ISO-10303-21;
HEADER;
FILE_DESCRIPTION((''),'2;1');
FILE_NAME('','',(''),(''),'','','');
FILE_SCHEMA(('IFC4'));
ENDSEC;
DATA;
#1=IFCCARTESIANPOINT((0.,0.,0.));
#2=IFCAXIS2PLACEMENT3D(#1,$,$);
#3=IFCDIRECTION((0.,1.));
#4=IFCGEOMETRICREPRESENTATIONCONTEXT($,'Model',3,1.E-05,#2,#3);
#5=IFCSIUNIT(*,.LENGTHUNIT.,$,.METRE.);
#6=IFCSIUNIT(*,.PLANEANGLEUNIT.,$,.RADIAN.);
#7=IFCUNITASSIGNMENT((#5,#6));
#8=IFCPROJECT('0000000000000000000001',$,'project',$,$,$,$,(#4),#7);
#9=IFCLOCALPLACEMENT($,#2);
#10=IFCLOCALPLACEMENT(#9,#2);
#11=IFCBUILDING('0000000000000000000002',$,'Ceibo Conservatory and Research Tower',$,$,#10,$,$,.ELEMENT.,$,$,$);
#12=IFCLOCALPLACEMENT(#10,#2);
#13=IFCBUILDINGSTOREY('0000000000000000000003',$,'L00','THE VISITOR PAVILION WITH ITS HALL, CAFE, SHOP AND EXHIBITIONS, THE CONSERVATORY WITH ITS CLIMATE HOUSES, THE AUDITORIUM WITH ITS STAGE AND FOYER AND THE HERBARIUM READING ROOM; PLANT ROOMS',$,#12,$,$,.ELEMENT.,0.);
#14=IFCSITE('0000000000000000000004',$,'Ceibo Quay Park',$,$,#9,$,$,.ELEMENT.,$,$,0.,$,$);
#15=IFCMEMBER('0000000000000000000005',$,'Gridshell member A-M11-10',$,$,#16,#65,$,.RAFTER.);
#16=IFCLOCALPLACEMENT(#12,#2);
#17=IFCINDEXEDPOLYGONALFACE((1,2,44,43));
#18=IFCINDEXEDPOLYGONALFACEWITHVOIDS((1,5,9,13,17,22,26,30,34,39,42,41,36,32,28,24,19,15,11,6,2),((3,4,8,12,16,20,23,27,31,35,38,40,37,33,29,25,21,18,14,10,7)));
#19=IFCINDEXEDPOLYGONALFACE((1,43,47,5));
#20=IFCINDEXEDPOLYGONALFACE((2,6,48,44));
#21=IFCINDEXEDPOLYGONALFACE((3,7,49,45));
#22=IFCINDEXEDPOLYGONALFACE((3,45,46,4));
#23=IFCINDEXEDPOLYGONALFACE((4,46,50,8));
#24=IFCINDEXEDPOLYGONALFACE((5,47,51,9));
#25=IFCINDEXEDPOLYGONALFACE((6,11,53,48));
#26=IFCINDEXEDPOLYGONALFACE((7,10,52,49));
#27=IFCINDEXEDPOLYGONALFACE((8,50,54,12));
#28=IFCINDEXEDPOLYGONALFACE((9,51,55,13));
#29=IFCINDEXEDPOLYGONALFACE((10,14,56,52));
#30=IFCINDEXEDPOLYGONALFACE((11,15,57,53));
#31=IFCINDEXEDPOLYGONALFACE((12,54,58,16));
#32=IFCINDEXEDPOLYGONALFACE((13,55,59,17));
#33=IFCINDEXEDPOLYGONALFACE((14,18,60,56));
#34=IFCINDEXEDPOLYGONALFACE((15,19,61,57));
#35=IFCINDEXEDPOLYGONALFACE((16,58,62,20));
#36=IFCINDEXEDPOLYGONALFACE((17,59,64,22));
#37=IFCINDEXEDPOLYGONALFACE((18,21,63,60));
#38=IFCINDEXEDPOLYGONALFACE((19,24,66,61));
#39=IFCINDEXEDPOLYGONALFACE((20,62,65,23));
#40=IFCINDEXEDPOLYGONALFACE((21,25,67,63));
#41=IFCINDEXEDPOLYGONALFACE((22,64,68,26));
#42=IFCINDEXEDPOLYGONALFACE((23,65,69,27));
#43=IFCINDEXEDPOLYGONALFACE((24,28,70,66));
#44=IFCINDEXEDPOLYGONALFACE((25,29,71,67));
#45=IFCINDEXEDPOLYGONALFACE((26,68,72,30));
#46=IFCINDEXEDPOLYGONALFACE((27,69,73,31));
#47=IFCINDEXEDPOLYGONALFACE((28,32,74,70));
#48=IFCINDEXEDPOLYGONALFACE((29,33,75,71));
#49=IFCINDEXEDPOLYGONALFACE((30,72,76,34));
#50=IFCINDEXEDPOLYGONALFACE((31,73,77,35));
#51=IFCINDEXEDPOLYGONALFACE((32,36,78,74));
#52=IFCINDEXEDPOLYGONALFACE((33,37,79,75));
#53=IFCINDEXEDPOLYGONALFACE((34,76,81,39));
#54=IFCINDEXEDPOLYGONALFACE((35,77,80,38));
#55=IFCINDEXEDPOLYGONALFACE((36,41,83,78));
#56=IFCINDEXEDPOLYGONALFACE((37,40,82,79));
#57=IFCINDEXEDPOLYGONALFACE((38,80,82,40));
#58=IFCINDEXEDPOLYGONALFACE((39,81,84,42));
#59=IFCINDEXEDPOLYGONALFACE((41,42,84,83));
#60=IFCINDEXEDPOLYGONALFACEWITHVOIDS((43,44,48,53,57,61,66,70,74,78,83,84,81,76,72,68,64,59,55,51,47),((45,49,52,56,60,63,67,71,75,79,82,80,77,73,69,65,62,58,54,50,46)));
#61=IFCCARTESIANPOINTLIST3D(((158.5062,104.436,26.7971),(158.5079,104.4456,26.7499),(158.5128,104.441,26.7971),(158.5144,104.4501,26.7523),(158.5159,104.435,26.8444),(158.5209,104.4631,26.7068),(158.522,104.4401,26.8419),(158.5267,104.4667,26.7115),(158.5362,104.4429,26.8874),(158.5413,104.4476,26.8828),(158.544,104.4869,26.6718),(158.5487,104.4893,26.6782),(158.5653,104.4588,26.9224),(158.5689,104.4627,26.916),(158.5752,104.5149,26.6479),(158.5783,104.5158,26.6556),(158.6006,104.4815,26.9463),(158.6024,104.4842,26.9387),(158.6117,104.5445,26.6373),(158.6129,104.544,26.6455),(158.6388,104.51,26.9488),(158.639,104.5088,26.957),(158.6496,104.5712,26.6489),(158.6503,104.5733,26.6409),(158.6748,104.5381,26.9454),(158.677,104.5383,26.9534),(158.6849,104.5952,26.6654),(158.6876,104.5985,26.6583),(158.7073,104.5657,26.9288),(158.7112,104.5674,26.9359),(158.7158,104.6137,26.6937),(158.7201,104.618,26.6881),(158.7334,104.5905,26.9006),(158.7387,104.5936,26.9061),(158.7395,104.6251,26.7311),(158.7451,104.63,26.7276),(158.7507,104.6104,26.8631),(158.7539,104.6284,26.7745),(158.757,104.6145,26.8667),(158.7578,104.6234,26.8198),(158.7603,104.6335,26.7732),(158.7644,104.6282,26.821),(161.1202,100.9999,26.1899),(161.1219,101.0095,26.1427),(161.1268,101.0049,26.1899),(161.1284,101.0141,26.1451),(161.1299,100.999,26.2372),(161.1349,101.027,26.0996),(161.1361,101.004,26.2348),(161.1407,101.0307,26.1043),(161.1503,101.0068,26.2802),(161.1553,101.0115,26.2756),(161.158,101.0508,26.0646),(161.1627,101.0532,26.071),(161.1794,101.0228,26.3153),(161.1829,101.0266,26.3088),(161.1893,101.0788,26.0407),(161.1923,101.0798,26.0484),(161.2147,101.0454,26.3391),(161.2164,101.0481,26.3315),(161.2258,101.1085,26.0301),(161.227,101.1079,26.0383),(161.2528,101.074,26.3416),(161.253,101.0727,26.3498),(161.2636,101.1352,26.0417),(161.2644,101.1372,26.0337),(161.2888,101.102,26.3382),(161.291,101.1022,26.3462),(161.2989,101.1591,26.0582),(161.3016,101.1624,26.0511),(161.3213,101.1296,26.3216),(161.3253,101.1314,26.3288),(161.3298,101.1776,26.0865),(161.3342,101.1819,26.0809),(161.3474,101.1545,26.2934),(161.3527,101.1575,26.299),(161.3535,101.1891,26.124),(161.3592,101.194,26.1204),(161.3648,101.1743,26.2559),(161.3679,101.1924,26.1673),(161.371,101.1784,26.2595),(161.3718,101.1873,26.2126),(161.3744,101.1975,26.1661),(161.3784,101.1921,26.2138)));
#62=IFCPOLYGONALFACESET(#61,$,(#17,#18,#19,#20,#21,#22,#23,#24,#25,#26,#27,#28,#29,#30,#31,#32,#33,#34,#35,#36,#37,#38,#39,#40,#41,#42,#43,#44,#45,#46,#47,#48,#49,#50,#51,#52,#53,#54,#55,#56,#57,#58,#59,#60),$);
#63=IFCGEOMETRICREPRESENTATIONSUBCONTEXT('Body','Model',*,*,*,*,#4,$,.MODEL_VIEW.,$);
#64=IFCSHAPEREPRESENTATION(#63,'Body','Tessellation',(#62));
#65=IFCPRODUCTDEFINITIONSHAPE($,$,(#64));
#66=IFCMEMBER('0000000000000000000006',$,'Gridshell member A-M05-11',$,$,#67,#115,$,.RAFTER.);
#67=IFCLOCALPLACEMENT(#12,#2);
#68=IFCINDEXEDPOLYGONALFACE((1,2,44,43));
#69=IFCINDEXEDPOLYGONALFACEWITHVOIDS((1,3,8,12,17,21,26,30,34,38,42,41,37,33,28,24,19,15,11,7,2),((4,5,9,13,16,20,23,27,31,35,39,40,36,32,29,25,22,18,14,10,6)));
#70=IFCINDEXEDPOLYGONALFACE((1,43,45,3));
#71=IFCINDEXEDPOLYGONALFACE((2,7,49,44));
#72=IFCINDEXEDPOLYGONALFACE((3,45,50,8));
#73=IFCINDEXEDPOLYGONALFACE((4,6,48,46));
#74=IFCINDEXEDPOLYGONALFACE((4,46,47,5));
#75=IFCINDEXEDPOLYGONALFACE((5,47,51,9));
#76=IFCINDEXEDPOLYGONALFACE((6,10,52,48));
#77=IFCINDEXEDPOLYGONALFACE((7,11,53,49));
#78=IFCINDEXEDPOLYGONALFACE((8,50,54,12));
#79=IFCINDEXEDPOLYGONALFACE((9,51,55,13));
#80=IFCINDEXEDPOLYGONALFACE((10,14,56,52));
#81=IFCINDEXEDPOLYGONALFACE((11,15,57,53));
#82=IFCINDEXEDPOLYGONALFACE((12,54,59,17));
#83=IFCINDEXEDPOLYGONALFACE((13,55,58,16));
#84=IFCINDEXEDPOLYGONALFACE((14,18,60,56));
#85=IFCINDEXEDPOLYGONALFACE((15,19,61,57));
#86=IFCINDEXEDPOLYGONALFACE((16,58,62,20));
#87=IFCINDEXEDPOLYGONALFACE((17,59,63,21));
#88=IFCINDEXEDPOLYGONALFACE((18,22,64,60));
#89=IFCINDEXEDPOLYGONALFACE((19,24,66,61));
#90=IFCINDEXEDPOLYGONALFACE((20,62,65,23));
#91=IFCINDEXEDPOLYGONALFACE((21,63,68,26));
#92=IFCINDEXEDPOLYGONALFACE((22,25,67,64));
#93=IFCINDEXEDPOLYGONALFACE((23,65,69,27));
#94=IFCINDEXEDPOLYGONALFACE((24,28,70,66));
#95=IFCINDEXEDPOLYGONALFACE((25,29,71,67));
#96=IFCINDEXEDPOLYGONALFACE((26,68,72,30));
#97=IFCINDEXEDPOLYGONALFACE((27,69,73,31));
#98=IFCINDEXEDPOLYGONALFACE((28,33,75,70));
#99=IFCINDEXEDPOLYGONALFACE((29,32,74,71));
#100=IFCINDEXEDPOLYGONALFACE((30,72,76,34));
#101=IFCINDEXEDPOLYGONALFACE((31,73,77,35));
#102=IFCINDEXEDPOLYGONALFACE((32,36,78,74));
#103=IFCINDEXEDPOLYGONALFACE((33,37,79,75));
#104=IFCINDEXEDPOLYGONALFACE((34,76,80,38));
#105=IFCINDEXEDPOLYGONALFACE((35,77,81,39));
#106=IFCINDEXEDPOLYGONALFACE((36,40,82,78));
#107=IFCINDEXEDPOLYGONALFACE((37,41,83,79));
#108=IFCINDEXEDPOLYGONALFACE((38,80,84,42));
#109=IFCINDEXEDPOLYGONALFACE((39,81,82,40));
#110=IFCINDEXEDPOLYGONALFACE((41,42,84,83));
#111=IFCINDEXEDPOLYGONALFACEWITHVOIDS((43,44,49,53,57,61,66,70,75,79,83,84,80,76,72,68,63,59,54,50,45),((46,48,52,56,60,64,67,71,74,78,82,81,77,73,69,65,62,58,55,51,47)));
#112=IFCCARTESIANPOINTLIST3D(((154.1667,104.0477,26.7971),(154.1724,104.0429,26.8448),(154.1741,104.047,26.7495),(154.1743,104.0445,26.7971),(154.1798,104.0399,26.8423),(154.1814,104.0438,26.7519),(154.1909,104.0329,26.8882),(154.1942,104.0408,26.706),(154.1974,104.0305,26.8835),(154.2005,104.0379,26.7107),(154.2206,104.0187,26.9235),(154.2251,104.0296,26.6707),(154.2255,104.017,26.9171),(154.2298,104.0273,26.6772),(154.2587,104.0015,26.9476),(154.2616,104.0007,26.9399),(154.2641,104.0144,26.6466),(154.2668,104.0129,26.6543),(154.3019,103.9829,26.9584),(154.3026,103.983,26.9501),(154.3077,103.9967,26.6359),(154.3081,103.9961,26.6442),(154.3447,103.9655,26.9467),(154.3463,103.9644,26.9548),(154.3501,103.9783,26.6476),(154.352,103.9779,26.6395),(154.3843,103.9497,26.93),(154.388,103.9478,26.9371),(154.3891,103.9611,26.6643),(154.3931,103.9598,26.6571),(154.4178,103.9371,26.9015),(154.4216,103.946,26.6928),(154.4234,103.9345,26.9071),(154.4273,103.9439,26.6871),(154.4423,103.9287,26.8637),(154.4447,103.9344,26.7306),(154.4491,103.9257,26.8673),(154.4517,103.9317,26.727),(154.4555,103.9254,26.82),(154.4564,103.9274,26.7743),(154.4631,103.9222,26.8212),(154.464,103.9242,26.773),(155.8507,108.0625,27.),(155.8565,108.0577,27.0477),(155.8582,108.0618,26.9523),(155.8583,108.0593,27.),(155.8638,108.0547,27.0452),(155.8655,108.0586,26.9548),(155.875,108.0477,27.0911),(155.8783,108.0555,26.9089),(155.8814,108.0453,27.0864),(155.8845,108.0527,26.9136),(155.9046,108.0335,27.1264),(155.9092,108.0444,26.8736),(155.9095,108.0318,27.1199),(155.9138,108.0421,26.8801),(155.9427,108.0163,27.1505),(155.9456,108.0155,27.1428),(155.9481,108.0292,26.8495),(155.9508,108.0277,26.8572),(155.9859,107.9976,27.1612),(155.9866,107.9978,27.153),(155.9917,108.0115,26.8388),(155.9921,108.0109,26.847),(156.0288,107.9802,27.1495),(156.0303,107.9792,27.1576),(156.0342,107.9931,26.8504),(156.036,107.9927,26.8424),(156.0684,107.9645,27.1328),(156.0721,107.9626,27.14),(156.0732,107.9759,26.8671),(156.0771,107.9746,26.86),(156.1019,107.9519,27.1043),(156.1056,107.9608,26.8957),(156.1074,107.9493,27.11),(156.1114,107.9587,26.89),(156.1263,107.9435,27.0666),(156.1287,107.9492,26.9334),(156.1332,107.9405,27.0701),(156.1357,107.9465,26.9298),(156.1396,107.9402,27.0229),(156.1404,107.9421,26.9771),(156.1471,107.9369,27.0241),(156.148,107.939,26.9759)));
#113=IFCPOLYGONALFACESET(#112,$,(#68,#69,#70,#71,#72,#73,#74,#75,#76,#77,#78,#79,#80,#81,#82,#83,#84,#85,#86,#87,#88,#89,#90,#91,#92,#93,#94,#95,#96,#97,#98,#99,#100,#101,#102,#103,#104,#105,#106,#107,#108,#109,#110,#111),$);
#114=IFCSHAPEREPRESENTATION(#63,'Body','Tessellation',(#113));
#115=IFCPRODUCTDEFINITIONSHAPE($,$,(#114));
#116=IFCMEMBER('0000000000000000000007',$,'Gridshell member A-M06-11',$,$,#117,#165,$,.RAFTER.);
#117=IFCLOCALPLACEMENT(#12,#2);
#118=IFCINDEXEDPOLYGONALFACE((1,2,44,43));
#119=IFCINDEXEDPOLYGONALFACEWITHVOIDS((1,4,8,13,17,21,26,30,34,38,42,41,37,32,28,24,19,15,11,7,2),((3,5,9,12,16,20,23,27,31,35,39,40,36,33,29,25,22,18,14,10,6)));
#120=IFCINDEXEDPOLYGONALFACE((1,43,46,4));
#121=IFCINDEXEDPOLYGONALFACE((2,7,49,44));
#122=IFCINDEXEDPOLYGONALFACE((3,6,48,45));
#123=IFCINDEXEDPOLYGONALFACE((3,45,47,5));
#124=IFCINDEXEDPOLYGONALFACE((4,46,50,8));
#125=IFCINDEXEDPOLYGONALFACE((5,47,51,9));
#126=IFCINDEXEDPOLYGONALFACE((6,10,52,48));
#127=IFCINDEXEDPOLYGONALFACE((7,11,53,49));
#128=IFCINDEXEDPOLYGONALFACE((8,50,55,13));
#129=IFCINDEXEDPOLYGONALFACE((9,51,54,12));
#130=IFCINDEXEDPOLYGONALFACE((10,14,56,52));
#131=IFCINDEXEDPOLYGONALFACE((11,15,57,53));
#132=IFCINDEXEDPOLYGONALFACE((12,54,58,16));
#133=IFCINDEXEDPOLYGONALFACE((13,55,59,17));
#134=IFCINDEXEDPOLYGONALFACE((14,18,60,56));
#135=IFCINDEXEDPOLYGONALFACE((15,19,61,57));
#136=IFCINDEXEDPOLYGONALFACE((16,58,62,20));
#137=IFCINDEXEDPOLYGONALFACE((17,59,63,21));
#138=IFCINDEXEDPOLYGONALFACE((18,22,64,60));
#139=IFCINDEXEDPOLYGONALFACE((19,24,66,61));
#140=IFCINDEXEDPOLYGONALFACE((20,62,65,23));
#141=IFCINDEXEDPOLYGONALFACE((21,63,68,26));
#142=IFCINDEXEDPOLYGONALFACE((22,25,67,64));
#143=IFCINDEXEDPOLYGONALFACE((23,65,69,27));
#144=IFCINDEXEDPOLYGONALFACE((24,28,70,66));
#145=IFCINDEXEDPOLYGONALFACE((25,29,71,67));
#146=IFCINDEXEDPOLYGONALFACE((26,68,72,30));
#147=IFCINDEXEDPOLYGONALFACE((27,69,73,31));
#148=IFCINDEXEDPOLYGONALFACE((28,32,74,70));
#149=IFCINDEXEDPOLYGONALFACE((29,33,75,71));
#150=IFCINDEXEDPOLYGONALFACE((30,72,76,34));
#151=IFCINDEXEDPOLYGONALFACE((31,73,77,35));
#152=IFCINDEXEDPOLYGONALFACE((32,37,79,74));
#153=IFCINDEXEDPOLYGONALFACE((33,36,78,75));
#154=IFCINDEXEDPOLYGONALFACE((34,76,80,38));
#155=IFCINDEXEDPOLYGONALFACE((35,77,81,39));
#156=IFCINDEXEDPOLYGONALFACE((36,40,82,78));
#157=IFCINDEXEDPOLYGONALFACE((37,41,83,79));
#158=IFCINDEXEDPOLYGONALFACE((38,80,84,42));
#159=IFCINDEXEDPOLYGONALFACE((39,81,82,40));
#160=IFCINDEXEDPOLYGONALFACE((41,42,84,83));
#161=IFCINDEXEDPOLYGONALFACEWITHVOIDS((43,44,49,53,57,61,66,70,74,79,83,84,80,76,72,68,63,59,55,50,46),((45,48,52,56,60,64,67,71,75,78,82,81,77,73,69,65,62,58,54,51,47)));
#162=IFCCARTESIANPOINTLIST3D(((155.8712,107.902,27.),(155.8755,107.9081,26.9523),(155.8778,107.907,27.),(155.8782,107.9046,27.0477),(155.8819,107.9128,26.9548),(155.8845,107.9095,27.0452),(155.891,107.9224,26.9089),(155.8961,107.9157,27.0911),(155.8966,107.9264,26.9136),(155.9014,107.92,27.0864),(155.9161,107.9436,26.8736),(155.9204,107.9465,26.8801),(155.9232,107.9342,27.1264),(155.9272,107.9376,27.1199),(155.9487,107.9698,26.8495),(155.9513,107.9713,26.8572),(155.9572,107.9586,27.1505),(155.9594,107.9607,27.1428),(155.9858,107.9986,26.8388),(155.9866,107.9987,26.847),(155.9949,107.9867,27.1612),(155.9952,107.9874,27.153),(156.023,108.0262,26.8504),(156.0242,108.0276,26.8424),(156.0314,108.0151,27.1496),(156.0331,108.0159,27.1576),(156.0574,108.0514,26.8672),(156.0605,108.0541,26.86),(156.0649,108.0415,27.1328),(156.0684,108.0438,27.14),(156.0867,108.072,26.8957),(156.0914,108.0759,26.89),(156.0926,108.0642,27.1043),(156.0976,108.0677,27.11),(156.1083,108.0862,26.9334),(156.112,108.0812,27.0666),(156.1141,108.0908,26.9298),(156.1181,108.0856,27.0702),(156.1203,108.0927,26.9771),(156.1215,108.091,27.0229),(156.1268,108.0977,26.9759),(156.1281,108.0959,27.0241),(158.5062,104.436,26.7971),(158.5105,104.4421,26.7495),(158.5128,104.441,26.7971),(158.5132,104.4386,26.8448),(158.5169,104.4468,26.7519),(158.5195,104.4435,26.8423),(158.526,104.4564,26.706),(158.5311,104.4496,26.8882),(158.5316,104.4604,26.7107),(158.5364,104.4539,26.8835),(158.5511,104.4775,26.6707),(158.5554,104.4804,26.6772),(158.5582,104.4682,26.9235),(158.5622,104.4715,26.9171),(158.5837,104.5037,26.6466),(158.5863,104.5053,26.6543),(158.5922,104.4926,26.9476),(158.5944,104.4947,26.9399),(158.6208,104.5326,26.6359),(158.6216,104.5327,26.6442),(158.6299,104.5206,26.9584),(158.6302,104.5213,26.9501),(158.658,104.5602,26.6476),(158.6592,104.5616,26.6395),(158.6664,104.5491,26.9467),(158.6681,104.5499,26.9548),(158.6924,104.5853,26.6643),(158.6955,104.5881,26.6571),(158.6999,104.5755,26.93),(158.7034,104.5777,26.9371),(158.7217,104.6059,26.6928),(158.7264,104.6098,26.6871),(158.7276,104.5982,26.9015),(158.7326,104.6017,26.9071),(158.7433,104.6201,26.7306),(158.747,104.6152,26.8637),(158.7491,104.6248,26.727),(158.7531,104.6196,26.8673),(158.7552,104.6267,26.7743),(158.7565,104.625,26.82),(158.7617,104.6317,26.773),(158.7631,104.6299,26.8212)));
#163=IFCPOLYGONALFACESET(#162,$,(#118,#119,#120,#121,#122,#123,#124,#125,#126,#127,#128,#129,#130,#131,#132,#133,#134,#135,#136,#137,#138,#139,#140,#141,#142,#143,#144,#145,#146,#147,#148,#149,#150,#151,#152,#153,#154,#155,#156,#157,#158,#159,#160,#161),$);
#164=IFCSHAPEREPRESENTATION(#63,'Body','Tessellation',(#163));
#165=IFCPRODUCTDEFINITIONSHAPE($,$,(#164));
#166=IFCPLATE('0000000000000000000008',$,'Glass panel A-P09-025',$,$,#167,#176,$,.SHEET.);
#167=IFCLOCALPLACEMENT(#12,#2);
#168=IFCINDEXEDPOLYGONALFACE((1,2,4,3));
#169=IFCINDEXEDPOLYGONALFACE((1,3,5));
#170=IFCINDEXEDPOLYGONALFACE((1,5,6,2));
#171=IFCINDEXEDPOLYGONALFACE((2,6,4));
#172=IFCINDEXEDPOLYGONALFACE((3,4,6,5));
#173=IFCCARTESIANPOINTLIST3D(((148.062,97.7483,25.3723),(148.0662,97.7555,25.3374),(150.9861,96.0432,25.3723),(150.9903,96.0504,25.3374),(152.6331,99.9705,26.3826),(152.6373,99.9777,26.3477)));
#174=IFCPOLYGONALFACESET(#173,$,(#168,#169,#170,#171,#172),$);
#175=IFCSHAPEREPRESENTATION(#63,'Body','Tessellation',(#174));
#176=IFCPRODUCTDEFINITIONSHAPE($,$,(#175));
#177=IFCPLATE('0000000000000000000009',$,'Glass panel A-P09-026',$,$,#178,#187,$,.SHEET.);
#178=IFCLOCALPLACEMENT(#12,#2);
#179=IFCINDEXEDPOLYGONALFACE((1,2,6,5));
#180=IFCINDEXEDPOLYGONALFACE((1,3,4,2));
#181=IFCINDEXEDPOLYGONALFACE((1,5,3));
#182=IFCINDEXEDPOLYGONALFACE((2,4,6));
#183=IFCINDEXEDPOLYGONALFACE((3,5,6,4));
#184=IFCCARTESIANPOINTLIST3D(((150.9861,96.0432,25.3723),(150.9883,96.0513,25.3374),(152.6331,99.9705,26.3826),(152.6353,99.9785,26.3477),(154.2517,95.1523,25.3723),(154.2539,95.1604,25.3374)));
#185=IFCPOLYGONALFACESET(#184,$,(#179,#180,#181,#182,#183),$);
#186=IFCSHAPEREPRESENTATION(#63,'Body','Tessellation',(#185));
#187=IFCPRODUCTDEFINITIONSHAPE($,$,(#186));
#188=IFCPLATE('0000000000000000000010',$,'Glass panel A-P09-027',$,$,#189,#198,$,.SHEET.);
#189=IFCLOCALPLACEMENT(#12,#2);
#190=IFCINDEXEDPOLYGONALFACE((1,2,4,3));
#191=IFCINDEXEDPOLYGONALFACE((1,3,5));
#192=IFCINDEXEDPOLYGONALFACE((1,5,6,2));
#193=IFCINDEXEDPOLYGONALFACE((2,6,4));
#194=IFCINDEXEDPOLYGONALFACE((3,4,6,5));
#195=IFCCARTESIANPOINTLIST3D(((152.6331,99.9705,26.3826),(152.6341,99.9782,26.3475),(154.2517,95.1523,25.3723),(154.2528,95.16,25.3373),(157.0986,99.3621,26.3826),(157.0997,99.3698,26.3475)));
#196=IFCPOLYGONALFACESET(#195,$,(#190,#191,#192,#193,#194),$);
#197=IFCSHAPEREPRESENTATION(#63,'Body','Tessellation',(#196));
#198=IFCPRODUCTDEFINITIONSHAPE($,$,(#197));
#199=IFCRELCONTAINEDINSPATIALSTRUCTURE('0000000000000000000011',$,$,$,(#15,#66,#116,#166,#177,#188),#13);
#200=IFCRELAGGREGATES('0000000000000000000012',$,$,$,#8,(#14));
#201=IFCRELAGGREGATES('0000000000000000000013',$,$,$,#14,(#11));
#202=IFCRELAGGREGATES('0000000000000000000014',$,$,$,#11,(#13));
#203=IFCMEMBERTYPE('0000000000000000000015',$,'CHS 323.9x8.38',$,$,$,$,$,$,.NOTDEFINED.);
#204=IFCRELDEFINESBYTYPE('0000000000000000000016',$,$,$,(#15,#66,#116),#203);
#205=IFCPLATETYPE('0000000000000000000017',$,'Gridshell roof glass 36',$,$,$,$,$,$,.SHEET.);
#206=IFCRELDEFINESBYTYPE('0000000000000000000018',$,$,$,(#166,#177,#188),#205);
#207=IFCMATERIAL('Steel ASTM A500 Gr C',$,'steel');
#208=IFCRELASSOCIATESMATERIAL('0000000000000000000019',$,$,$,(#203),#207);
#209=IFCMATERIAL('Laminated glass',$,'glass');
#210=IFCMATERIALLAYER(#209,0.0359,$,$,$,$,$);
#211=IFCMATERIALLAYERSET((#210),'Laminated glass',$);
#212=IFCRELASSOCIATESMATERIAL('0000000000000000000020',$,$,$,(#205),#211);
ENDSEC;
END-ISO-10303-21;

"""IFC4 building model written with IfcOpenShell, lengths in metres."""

from ifc_helpers import new_model, si_unit, direction, frame, origin, origin_2d, place, context, subcontext, project, spatial, polyline, hollow_circle, outline, extrude, material, layer, layer_set, material_profile, profile_set, type_object, element, save


model = new_model("IFC4")

# Units and contexts
model_context = context("Model", 3, precision=1e-05, world=origin(), true_north=direction((0.0, 1.0)))
body_context = subcontext(model_context, "Body", "Model", "MODEL_VIEW")
ifc_project = project(units=[si_unit("LENGTHUNIT", "METRE"), si_unit("PLANEANGLEUNIT", "RADIAN")], contexts=[model_context])

# Site, building, storey
site_placement = place(None, origin())
site = spatial("IfcSite", under=ifc_project, at=site_placement, Name="Ceibo Quay Park", CompositionType="ELEMENT", RefElevation=0.0)
building_placement = place(site_placement, origin())
building = spatial("IfcBuilding", under=site, at=building_placement, Name="Ceibo Conservatory and Research Tower", CompositionType="ELEMENT")
storey_placement = place(building_placement, origin())
storey = spatial("IfcBuildingStorey", under=building, at=storey_placement, Name="L00", Description="THE VISITOR PAVILION WITH ITS HALL, CAFE, SHOP AND EXHIBITIONS, THE CONSERVATORY WITH ITS CLIMATE HOUSES, THE AUDITORIUM WITH ITS STAGE AND FOYER AND THE HERBARIUM READING ROOM; PLANT ROOMS", CompositionType="ELEMENT", Elevation=0.0)

# Members
ifc_material_1 = material(Name="Steel ASTM A500 Gr C", Category="steel")
ifc_material_profile_1 = material_profile(ifc_material_1, hollow_circle(Radius=0.1619, WallThickness=0.0083, at=origin_2d()), Name="CHS 323.9x8.38")
ifc_profile_set_1 = profile_set([ifc_material_profile_1], Name="Steel ASTM A500 Gr C")
member_type_1 = type_object("IfcMemberType", Name="CHS 323.9x8.38", PredefinedType="NOTDEFINED", material=ifc_profile_set_1)
member_1_placement = place(storey_placement, frame((161.249, 101.0979, 26.1899), z_axis=(-0.599569, 0.788113, 0.139267), x_axis=(-0.795869, -0.605469, 0.0)))
element("IfcMember", 1, at=member_1_placement, inside=storey, type_object=member_type_1, Name="Gridshell member A-M11-10", PredefinedType="RAFTER", context=body_context, shape_type="SweptSolid", body=[
    extrude(hollow_circle(Radius=0.1619, WallThickness=0.0083, at=origin_2d()), origin(), (0.0, 0.0, 1.0), 4.3599),
])
member_2_placement = place(storey_placement, frame((154.3159, 103.9851, 26.7971), z_axis=(0.386389, 0.921161, 0.046548), x_axis=(-0.92216, 0.386808, 0.0)))
element("IfcMember", 2, at=member_2_placement, inside=storey, type_object=member_type_1, Name="Gridshell member A-M05-11", PredefinedType="RAFTER", context=body_context, shape_type="SweptSolid", body=[
    extrude(hollow_circle(Radius=0.1619, WallThickness=0.0083, at=origin_2d()), origin(), (0.0, 0.0, 1.0), 4.3584),
])
member_3_placement = place(storey_placement, frame((158.635, 104.5339, 26.7971), z_axis=(-0.604544, 0.795211, 0.046546), x_axis=(-0.796074, -0.6052, 0.0)))
element("IfcMember", 3, at=member_3_placement, inside=storey, type_object=member_type_1, Name="Gridshell member A-M06-11", PredefinedType="RAFTER", context=body_context, shape_type="SweptSolid", body=[
    extrude(hollow_circle(Radius=0.1619, WallThickness=0.0083, at=origin_2d()), origin(), (0.0, 0.0, 1.0), 4.3586),
])

# Plates
ifc_material_2 = material(Name="Laminated glass", Category="glass")
ifc_layer = layer(ifc_material_2, 0.0359)
ifc_layer_set = layer_set([ifc_layer], Name="Laminated glass")
plate_type = type_object("IfcPlateType", Name="Gridshell roof glass 36", PredefinedType="SHEET", material=ifc_layer_set)
plate_1_placement = place(storey_placement, frame((152.6331, 99.9705, 26.3826), z_axis=(-0.11722, -0.201022, 0.972548), x_axis=(-0.882101, -0.428825, -0.194955)))
element("IfcPlate", 4, at=plate_1_placement, inside=storey, type_object=plate_type, Name="Glass panel A-P09-025", PredefinedType="SHEET", context=body_context, shape_type="SweptSolid", body=[
    extrude(outline(polyline([(0.0, 0.0), (5.182, 0.0), (3.3338, 2.8358), (0.0, 0.0)])), origin(), (0.0, 0.0, -1.0), 0.0359),
])
plate_2_placement = place(storey_placement, frame((152.6331, 99.9705, 26.3826), z_axis=(-0.061243, -0.224497, 0.972548), x_axis=(-0.376296, -0.897287, -0.23082)))
element("IfcPlate", 5, at=plate_2_placement, inside=storey, type_object=plate_type, Name="Glass panel A-P09-026", PredefinedType="SHEET", context=body_context, shape_type="SweptSolid", body=[
    extrude(outline(polyline([(0.0, 0.0), (4.3768, 0.0), (3.9473, 3.3576), (0.0, 0.0)])), origin(), (0.0, 0.0, -1.0), 0.0359),
])
plate_3_placement = place(storey_placement, frame((152.6331, 99.9705, 26.3826), z_axis=(-0.029227, -0.214524, 0.976281), x_axis=(0.31235, -0.929749, -0.194948)))
element("IfcPlate", 6, at=plate_3_placement, inside=storey, type_object=plate_type, Name="Glass panel A-P09-027", PredefinedType="SHEET", context=body_context, shape_type="SweptSolid", body=[
    extrude(outline(polyline([(0.0, 0.0), (5.1822, 0.0), (1.9605, 4.0581), (0.0, 0.0)])), origin(), (0.0, 0.0, -1.0), 0.0359),
])

save(model, "model.ifc")
